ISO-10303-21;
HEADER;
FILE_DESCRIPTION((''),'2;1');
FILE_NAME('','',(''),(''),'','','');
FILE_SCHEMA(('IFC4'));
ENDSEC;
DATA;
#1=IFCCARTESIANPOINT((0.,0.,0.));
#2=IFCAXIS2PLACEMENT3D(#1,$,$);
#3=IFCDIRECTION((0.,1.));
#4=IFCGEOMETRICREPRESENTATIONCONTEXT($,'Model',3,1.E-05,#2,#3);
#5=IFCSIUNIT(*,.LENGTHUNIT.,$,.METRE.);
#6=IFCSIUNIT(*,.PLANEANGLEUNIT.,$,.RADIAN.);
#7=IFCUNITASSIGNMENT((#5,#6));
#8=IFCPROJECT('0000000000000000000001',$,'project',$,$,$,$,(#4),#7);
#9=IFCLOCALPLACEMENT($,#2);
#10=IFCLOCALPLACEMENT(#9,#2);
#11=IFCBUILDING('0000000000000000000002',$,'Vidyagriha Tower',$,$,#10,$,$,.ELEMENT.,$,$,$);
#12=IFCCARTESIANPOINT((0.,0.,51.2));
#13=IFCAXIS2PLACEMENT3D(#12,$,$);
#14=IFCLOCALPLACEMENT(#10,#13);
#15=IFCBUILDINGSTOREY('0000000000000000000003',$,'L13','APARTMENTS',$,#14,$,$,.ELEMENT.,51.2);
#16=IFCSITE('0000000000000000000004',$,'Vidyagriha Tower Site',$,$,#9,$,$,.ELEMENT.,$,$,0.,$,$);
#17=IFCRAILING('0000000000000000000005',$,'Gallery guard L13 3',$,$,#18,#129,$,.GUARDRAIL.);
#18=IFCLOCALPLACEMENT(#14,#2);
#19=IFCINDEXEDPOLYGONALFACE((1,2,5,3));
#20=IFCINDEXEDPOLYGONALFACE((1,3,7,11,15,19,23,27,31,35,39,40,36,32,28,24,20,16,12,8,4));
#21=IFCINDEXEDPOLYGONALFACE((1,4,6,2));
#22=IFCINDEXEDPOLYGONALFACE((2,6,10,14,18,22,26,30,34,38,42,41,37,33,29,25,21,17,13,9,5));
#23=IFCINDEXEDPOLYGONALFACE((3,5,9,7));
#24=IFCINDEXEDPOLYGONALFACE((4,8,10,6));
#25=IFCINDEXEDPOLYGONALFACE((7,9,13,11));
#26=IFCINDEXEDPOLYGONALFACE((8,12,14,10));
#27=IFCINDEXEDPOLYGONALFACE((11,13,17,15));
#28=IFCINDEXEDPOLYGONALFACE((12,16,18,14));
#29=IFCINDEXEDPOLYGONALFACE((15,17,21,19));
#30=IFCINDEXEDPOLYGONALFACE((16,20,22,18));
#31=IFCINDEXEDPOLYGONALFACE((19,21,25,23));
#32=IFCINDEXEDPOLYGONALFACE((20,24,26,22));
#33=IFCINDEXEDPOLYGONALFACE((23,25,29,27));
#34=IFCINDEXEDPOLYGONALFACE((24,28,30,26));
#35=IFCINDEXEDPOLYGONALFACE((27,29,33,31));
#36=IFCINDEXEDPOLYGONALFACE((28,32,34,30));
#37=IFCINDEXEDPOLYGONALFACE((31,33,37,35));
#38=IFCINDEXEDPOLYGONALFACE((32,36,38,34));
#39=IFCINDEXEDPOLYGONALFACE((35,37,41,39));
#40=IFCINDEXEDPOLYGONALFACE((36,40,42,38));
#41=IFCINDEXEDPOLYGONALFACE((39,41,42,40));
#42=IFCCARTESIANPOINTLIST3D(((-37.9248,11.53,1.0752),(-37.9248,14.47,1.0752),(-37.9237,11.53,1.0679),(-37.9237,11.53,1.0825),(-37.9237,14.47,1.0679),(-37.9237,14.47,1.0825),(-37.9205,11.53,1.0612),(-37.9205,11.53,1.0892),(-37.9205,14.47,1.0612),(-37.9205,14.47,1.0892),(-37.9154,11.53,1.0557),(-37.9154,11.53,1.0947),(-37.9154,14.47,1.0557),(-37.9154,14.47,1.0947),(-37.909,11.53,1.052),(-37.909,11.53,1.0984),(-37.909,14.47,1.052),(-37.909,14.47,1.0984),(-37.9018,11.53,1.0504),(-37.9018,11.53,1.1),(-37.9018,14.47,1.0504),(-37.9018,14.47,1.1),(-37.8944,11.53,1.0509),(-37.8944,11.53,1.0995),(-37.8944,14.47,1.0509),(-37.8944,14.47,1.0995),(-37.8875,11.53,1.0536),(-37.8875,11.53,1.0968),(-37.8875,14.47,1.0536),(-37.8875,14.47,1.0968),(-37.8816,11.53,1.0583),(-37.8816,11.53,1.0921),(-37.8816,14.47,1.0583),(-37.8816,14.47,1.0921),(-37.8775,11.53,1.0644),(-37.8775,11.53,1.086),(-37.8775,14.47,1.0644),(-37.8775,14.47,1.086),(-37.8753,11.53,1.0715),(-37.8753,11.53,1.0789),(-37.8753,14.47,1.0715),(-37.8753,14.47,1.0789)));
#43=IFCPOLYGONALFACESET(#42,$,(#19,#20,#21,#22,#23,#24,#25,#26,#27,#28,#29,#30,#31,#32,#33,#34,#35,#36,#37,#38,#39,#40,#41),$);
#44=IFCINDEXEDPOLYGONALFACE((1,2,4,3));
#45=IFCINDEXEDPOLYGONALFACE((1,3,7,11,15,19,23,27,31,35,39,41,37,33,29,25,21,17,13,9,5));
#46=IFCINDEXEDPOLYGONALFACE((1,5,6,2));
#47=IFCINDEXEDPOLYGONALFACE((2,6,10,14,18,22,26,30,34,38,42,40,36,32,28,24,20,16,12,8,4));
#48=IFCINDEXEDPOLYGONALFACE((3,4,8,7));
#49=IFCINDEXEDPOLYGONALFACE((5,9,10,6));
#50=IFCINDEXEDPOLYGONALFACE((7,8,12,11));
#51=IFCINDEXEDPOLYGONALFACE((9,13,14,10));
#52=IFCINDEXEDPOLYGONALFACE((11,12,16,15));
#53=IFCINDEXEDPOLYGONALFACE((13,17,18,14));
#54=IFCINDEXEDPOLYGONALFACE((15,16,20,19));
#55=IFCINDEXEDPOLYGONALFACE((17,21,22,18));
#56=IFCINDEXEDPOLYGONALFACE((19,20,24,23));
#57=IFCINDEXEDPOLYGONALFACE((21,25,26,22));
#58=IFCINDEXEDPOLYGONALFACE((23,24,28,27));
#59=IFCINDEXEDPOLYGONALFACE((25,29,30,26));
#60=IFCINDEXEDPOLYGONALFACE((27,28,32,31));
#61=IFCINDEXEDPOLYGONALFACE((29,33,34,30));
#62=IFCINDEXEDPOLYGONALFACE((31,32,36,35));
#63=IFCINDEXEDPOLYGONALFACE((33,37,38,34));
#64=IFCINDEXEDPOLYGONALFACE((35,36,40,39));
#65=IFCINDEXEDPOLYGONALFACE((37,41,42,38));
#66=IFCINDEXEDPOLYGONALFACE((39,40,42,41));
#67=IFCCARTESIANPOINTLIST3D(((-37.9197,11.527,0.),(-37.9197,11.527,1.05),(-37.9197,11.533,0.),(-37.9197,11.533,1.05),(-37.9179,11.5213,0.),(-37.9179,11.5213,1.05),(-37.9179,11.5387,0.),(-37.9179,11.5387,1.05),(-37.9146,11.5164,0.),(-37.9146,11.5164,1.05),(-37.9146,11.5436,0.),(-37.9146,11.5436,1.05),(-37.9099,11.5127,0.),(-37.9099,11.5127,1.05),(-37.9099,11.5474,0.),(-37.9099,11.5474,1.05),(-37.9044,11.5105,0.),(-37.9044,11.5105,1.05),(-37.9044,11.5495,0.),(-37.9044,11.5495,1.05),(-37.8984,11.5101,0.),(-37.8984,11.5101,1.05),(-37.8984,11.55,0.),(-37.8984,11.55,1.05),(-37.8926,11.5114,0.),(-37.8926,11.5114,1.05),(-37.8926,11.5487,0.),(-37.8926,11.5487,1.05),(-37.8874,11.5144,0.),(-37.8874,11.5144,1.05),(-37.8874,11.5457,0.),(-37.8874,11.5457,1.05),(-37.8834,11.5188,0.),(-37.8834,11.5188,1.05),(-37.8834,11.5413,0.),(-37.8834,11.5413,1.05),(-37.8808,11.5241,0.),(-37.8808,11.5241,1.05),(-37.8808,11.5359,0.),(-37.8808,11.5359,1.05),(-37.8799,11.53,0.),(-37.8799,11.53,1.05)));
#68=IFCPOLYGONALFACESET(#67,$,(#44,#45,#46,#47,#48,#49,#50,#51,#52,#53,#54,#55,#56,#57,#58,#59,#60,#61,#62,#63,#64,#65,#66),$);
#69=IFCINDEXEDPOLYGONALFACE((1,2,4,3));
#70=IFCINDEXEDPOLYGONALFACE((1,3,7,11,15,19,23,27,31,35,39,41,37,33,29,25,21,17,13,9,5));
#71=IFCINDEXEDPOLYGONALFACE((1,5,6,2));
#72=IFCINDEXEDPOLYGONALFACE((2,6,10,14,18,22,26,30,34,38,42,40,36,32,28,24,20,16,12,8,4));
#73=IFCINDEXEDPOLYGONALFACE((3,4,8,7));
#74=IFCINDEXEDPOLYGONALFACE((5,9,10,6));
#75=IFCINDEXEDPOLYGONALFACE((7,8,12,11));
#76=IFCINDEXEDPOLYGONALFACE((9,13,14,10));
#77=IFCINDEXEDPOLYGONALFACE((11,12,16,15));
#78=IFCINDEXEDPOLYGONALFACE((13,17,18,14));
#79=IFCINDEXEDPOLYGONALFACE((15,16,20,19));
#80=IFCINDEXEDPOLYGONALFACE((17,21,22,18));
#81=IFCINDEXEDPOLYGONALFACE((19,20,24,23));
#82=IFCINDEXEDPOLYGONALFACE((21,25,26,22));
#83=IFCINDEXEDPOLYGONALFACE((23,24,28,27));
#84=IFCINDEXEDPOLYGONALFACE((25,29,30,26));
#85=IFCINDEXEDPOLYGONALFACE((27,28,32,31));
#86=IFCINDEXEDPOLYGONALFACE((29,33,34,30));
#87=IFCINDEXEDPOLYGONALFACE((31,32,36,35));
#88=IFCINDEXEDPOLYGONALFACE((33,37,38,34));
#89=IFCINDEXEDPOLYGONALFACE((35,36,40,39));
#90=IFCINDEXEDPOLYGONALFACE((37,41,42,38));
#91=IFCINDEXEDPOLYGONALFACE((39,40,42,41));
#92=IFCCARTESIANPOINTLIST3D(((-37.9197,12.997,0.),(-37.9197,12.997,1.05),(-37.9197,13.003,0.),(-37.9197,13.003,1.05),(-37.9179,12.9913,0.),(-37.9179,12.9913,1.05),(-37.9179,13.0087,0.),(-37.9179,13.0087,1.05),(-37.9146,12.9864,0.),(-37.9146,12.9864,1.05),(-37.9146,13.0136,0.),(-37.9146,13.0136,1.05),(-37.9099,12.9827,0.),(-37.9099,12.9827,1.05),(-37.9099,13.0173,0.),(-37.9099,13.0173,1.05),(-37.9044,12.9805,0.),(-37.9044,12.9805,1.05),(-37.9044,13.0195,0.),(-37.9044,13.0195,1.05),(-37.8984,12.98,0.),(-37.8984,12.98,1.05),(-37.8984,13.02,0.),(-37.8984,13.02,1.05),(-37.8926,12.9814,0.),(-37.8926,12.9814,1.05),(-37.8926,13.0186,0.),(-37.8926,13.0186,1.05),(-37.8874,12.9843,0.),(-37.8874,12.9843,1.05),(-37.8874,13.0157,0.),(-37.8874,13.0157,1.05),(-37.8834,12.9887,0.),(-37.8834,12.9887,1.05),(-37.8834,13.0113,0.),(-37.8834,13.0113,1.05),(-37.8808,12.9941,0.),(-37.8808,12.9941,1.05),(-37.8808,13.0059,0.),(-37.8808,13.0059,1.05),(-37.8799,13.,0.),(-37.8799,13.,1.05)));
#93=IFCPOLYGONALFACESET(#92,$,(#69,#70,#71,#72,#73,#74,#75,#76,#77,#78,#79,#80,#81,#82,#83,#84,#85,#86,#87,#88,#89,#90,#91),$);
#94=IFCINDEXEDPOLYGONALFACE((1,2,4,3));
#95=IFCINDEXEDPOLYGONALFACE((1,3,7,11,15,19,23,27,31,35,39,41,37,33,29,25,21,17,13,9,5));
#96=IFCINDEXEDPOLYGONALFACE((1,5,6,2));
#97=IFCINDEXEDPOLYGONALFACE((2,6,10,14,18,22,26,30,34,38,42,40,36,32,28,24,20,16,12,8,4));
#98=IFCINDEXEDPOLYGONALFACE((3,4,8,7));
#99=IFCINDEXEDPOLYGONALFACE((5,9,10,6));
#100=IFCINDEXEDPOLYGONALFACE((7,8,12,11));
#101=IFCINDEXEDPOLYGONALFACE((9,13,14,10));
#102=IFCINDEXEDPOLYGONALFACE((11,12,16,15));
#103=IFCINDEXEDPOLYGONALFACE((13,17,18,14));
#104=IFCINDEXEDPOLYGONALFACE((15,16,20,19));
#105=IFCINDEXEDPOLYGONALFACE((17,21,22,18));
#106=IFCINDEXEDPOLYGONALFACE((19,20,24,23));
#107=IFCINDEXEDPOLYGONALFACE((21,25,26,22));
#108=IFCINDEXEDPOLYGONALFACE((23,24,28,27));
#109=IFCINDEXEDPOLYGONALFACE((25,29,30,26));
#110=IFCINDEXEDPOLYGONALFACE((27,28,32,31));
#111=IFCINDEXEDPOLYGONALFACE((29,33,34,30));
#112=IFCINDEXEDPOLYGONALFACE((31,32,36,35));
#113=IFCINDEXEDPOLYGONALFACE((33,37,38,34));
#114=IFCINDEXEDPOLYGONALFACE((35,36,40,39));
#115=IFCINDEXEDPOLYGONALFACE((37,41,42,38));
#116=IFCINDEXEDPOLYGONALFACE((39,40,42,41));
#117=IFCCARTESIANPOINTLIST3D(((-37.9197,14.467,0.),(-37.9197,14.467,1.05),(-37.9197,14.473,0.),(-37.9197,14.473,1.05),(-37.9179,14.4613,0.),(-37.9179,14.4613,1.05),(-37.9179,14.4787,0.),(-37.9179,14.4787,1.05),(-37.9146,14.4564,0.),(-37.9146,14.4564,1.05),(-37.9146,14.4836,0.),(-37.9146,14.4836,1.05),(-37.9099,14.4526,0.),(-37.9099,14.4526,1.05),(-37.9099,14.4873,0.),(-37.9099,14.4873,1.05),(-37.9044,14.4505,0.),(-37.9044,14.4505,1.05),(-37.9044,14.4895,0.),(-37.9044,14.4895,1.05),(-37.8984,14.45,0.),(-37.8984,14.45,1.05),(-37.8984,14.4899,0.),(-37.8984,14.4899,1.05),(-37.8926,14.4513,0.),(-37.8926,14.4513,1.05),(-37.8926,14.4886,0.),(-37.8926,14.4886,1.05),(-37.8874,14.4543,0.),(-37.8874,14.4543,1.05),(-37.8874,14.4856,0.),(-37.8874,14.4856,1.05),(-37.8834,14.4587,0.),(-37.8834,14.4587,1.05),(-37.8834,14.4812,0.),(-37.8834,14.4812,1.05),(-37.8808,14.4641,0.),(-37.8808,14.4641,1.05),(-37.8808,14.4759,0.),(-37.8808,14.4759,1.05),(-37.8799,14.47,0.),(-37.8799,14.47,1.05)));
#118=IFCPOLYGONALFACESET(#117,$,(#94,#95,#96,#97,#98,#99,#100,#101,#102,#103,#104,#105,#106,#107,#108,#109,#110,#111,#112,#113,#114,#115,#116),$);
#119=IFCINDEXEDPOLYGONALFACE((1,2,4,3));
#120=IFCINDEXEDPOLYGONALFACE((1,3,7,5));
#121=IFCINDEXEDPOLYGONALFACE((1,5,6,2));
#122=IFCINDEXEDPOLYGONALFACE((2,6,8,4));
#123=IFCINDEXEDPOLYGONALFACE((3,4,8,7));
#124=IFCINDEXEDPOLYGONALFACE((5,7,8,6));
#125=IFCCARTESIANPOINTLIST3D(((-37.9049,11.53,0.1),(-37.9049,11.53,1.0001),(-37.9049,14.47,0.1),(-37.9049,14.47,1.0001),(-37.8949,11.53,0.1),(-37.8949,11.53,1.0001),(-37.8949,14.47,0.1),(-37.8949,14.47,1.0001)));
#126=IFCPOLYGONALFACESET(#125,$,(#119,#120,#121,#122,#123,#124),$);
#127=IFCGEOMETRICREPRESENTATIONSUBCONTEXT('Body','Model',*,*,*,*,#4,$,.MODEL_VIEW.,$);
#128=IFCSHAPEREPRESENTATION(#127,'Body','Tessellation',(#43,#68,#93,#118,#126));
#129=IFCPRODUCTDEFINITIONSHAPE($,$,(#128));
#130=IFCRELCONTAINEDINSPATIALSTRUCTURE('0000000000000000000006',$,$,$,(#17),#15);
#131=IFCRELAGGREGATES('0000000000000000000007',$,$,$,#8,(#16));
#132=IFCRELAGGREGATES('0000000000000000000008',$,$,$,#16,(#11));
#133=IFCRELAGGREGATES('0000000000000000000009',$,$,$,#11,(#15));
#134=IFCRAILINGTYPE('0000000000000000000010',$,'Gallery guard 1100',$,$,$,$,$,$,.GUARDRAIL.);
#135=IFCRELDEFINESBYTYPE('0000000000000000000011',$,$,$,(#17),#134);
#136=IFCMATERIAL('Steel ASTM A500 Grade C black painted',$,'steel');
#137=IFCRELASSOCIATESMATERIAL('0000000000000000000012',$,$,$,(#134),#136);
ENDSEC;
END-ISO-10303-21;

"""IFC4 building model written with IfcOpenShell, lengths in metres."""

from ifc_helpers import new_model, si_unit, direction, frame, origin, origin_2d, place, context, subcontext, project, spatial, rectangle, circle, extrude, material, type_object, element, save


model = new_model("IFC4")

# Units and contexts
model_context = context("Model", 3, precision=1e-05, world=origin(), true_north=direction((0.0, 1.0)))
body_context = subcontext(model_context, "Body", "Model", "MODEL_VIEW")
ifc_project = project(units=[si_unit("LENGTHUNIT", "METRE"), si_unit("PLANEANGLEUNIT", "RADIAN")], contexts=[model_context])

# Site, building, storey
site_placement = place(None, origin())
site = spatial("IfcSite", under=ifc_project, at=site_placement, Name="Vidyagriha Tower Site", CompositionType="ELEMENT", RefElevation=0.0)
building_placement = place(site_placement, origin())
building = spatial("IfcBuilding", under=site, at=building_placement, Name="Vidyagriha Tower", CompositionType="ELEMENT")
storey_placement = place(building_placement, frame((0.0, 0.0, 51.2)))
storey = spatial("IfcBuildingStorey", under=building, at=storey_placement, Name="L13", Description="APARTMENTS", CompositionType="ELEMENT", Elevation=51.2)

# Railing
ifc_material_1 = material(Name="Steel ASTM A500 Grade C black painted", Category="steel")
railing_type_1 = type_object("IfcRailingType", Name="Gallery guard 1100", PredefinedType="GUARDRAIL", material=ifc_material_1)
railing_1_placement = place(storey_placement, frame((-37.8999, 11.53, 0.0)))
element("IfcRailing", 1, at=railing_1_placement, inside=storey, type_object=railing_type_1, Name="Gallery guard L13 3", PredefinedType="GUARDRAIL", context=body_context, shape_type="SweptSolid", body=[
    extrude(circle(Radius=0.0249, at=origin_2d()), frame((0.0, 0.0, 1.0752), z_axis=(0.0, 1.0, 0.0), x_axis=(-1.0, 0.0, 0.0)), (0.0, 0.0, 1.0), 2.9399),
    extrude(circle(Radius=0.02, at=origin_2d()), origin(), (0.0, 0.0, 1.0), 1.05),
    extrude(circle(Radius=0.02, at=origin_2d()), frame((0.0, 1.47, 0.0)), (0.0, 0.0, 1.0), 1.05),
    extrude(circle(Radius=0.02, at=origin_2d()), frame((0.0, 2.9399, 0.0)), (0.0, 0.0, 1.0), 1.05),
    extrude(rectangle(XDim=0.01, YDim=0.9001, at=origin_2d()), frame((0.0, 0.0, 0.55), z_axis=(0.0, 1.0, 0.0), x_axis=(-1.0, 0.0, 0.0)), (0.0, 0.0, 1.0), 2.9399),
])

save(model, "model.ifc")
